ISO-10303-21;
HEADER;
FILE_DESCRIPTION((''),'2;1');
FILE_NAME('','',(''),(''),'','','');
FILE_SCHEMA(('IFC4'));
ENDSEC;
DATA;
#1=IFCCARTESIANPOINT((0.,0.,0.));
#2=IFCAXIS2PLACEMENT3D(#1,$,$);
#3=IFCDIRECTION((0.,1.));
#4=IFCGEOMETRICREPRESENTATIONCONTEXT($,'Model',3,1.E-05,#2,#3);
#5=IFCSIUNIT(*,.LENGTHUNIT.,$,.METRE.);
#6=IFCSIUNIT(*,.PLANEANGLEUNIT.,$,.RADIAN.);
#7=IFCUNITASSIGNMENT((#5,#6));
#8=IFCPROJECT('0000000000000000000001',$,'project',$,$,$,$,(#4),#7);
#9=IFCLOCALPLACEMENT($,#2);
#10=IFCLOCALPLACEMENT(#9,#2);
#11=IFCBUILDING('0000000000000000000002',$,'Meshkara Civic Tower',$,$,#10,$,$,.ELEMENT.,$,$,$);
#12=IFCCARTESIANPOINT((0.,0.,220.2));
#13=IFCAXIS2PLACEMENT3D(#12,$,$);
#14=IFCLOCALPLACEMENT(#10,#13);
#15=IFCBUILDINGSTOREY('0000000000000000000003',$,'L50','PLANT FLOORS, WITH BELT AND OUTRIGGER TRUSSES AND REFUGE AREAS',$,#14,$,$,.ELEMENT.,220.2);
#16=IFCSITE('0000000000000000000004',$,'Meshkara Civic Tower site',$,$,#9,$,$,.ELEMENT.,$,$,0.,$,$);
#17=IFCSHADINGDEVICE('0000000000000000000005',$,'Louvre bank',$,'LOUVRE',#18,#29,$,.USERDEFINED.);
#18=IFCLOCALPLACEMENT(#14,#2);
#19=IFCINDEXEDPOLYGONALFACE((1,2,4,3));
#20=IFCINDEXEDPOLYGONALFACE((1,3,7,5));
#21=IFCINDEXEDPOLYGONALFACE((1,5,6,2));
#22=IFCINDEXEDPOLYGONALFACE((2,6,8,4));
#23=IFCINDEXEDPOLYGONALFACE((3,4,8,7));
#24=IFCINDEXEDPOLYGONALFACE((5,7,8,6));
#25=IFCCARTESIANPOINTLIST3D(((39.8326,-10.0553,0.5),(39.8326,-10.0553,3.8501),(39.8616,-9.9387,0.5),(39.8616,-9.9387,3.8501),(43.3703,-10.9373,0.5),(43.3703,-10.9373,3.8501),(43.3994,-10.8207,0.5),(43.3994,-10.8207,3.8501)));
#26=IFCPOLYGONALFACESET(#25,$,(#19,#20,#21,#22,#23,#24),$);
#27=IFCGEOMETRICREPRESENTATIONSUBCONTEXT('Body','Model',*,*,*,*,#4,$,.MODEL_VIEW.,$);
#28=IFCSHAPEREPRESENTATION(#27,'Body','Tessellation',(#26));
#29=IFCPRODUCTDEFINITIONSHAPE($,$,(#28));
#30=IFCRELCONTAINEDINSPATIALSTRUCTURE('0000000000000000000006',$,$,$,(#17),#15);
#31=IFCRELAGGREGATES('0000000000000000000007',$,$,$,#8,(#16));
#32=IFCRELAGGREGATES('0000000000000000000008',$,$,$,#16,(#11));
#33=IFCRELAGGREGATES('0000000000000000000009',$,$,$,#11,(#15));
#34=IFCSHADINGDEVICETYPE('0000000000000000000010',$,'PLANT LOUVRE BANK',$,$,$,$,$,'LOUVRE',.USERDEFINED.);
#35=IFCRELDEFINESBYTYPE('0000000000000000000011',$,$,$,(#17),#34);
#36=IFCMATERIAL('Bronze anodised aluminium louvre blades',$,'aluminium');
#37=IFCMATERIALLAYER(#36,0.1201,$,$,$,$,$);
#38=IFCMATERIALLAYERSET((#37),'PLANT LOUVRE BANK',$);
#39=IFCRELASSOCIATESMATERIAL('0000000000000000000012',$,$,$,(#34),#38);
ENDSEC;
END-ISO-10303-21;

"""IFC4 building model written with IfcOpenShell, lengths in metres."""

from ifc_helpers import new_model, si_unit, direction, frame, origin, origin_2d, place, context, subcontext, project, spatial, rectangle, extrude, material, layer, layer_set, type_object, element, save


model = new_model("IFC4")

# Units and contexts
model_context = context("Model", 3, precision=1e-05, world=origin(), true_north=direction((0.0, 1.0)))
body_context = subcontext(model_context, "Body", "Model", "MODEL_VIEW")
ifc_project = project(units=[si_unit("LENGTHUNIT", "METRE"), si_unit("PLANEANGLEUNIT", "RADIAN")], contexts=[model_context])

# Site, building, storey
site_placement = place(None, origin())
site = spatial("IfcSite", under=ifc_project, at=site_placement, Name="Meshkara Civic Tower site", CompositionType="ELEMENT", RefElevation=0.0)
building_placement = place(site_placement, origin())
building = spatial("IfcBuilding", under=site, at=building_placement, Name="Meshkara Civic Tower", CompositionType="ELEMENT")
storey_placement = place(building_placement, frame((0.0, 0.0, 220.2)))
storey = spatial("IfcBuildingStorey", under=building, at=storey_placement, Name="L50", Description="PLANT FLOORS, WITH BELT AND OUTRIGGER TRUSSES AND REFUGE AREAS", CompositionType="ELEMENT", Elevation=220.2)

# Shading device
ifc_material_1 = material(Name="Bronze anodised aluminium louvre blades", Category="aluminium")
ifc_layer_1 = layer(ifc_material_1, 0.1201)
ifc_layer_set_1 = layer_set([ifc_layer_1], Name="PLANT LOUVRE BANK")
shading_device_type = type_object("IfcShadingDeviceType", Name="PLANT LOUVRE BANK", ElementType="LOUVRE", PredefinedType="USERDEFINED", material=ifc_layer_set_1)
for number, where, z_axis, x_axis, name in (
    (1, (41.616, -10.438, 0.5), (0.0, 0.0, 1.0), (0.9703, -0.241905, 0.0), "Louvre bank"),
):
    element("IfcShadingDevice", number, at=place(storey_placement, frame(where, z_axis=z_axis, x_axis=x_axis)), inside=storey, type_object=shading_device_type, Name=name, ObjectType="LOUVRE", PredefinedType="USERDEFINED", context=body_context, shape_type="SweptSolid", body=[
        extrude(rectangle(XDim=3.646, YDim=0.1201, at=origin_2d()), origin(), (0.0, 0.0, 1.0), 3.3501),
    ])

save(model, "model.ifc")
